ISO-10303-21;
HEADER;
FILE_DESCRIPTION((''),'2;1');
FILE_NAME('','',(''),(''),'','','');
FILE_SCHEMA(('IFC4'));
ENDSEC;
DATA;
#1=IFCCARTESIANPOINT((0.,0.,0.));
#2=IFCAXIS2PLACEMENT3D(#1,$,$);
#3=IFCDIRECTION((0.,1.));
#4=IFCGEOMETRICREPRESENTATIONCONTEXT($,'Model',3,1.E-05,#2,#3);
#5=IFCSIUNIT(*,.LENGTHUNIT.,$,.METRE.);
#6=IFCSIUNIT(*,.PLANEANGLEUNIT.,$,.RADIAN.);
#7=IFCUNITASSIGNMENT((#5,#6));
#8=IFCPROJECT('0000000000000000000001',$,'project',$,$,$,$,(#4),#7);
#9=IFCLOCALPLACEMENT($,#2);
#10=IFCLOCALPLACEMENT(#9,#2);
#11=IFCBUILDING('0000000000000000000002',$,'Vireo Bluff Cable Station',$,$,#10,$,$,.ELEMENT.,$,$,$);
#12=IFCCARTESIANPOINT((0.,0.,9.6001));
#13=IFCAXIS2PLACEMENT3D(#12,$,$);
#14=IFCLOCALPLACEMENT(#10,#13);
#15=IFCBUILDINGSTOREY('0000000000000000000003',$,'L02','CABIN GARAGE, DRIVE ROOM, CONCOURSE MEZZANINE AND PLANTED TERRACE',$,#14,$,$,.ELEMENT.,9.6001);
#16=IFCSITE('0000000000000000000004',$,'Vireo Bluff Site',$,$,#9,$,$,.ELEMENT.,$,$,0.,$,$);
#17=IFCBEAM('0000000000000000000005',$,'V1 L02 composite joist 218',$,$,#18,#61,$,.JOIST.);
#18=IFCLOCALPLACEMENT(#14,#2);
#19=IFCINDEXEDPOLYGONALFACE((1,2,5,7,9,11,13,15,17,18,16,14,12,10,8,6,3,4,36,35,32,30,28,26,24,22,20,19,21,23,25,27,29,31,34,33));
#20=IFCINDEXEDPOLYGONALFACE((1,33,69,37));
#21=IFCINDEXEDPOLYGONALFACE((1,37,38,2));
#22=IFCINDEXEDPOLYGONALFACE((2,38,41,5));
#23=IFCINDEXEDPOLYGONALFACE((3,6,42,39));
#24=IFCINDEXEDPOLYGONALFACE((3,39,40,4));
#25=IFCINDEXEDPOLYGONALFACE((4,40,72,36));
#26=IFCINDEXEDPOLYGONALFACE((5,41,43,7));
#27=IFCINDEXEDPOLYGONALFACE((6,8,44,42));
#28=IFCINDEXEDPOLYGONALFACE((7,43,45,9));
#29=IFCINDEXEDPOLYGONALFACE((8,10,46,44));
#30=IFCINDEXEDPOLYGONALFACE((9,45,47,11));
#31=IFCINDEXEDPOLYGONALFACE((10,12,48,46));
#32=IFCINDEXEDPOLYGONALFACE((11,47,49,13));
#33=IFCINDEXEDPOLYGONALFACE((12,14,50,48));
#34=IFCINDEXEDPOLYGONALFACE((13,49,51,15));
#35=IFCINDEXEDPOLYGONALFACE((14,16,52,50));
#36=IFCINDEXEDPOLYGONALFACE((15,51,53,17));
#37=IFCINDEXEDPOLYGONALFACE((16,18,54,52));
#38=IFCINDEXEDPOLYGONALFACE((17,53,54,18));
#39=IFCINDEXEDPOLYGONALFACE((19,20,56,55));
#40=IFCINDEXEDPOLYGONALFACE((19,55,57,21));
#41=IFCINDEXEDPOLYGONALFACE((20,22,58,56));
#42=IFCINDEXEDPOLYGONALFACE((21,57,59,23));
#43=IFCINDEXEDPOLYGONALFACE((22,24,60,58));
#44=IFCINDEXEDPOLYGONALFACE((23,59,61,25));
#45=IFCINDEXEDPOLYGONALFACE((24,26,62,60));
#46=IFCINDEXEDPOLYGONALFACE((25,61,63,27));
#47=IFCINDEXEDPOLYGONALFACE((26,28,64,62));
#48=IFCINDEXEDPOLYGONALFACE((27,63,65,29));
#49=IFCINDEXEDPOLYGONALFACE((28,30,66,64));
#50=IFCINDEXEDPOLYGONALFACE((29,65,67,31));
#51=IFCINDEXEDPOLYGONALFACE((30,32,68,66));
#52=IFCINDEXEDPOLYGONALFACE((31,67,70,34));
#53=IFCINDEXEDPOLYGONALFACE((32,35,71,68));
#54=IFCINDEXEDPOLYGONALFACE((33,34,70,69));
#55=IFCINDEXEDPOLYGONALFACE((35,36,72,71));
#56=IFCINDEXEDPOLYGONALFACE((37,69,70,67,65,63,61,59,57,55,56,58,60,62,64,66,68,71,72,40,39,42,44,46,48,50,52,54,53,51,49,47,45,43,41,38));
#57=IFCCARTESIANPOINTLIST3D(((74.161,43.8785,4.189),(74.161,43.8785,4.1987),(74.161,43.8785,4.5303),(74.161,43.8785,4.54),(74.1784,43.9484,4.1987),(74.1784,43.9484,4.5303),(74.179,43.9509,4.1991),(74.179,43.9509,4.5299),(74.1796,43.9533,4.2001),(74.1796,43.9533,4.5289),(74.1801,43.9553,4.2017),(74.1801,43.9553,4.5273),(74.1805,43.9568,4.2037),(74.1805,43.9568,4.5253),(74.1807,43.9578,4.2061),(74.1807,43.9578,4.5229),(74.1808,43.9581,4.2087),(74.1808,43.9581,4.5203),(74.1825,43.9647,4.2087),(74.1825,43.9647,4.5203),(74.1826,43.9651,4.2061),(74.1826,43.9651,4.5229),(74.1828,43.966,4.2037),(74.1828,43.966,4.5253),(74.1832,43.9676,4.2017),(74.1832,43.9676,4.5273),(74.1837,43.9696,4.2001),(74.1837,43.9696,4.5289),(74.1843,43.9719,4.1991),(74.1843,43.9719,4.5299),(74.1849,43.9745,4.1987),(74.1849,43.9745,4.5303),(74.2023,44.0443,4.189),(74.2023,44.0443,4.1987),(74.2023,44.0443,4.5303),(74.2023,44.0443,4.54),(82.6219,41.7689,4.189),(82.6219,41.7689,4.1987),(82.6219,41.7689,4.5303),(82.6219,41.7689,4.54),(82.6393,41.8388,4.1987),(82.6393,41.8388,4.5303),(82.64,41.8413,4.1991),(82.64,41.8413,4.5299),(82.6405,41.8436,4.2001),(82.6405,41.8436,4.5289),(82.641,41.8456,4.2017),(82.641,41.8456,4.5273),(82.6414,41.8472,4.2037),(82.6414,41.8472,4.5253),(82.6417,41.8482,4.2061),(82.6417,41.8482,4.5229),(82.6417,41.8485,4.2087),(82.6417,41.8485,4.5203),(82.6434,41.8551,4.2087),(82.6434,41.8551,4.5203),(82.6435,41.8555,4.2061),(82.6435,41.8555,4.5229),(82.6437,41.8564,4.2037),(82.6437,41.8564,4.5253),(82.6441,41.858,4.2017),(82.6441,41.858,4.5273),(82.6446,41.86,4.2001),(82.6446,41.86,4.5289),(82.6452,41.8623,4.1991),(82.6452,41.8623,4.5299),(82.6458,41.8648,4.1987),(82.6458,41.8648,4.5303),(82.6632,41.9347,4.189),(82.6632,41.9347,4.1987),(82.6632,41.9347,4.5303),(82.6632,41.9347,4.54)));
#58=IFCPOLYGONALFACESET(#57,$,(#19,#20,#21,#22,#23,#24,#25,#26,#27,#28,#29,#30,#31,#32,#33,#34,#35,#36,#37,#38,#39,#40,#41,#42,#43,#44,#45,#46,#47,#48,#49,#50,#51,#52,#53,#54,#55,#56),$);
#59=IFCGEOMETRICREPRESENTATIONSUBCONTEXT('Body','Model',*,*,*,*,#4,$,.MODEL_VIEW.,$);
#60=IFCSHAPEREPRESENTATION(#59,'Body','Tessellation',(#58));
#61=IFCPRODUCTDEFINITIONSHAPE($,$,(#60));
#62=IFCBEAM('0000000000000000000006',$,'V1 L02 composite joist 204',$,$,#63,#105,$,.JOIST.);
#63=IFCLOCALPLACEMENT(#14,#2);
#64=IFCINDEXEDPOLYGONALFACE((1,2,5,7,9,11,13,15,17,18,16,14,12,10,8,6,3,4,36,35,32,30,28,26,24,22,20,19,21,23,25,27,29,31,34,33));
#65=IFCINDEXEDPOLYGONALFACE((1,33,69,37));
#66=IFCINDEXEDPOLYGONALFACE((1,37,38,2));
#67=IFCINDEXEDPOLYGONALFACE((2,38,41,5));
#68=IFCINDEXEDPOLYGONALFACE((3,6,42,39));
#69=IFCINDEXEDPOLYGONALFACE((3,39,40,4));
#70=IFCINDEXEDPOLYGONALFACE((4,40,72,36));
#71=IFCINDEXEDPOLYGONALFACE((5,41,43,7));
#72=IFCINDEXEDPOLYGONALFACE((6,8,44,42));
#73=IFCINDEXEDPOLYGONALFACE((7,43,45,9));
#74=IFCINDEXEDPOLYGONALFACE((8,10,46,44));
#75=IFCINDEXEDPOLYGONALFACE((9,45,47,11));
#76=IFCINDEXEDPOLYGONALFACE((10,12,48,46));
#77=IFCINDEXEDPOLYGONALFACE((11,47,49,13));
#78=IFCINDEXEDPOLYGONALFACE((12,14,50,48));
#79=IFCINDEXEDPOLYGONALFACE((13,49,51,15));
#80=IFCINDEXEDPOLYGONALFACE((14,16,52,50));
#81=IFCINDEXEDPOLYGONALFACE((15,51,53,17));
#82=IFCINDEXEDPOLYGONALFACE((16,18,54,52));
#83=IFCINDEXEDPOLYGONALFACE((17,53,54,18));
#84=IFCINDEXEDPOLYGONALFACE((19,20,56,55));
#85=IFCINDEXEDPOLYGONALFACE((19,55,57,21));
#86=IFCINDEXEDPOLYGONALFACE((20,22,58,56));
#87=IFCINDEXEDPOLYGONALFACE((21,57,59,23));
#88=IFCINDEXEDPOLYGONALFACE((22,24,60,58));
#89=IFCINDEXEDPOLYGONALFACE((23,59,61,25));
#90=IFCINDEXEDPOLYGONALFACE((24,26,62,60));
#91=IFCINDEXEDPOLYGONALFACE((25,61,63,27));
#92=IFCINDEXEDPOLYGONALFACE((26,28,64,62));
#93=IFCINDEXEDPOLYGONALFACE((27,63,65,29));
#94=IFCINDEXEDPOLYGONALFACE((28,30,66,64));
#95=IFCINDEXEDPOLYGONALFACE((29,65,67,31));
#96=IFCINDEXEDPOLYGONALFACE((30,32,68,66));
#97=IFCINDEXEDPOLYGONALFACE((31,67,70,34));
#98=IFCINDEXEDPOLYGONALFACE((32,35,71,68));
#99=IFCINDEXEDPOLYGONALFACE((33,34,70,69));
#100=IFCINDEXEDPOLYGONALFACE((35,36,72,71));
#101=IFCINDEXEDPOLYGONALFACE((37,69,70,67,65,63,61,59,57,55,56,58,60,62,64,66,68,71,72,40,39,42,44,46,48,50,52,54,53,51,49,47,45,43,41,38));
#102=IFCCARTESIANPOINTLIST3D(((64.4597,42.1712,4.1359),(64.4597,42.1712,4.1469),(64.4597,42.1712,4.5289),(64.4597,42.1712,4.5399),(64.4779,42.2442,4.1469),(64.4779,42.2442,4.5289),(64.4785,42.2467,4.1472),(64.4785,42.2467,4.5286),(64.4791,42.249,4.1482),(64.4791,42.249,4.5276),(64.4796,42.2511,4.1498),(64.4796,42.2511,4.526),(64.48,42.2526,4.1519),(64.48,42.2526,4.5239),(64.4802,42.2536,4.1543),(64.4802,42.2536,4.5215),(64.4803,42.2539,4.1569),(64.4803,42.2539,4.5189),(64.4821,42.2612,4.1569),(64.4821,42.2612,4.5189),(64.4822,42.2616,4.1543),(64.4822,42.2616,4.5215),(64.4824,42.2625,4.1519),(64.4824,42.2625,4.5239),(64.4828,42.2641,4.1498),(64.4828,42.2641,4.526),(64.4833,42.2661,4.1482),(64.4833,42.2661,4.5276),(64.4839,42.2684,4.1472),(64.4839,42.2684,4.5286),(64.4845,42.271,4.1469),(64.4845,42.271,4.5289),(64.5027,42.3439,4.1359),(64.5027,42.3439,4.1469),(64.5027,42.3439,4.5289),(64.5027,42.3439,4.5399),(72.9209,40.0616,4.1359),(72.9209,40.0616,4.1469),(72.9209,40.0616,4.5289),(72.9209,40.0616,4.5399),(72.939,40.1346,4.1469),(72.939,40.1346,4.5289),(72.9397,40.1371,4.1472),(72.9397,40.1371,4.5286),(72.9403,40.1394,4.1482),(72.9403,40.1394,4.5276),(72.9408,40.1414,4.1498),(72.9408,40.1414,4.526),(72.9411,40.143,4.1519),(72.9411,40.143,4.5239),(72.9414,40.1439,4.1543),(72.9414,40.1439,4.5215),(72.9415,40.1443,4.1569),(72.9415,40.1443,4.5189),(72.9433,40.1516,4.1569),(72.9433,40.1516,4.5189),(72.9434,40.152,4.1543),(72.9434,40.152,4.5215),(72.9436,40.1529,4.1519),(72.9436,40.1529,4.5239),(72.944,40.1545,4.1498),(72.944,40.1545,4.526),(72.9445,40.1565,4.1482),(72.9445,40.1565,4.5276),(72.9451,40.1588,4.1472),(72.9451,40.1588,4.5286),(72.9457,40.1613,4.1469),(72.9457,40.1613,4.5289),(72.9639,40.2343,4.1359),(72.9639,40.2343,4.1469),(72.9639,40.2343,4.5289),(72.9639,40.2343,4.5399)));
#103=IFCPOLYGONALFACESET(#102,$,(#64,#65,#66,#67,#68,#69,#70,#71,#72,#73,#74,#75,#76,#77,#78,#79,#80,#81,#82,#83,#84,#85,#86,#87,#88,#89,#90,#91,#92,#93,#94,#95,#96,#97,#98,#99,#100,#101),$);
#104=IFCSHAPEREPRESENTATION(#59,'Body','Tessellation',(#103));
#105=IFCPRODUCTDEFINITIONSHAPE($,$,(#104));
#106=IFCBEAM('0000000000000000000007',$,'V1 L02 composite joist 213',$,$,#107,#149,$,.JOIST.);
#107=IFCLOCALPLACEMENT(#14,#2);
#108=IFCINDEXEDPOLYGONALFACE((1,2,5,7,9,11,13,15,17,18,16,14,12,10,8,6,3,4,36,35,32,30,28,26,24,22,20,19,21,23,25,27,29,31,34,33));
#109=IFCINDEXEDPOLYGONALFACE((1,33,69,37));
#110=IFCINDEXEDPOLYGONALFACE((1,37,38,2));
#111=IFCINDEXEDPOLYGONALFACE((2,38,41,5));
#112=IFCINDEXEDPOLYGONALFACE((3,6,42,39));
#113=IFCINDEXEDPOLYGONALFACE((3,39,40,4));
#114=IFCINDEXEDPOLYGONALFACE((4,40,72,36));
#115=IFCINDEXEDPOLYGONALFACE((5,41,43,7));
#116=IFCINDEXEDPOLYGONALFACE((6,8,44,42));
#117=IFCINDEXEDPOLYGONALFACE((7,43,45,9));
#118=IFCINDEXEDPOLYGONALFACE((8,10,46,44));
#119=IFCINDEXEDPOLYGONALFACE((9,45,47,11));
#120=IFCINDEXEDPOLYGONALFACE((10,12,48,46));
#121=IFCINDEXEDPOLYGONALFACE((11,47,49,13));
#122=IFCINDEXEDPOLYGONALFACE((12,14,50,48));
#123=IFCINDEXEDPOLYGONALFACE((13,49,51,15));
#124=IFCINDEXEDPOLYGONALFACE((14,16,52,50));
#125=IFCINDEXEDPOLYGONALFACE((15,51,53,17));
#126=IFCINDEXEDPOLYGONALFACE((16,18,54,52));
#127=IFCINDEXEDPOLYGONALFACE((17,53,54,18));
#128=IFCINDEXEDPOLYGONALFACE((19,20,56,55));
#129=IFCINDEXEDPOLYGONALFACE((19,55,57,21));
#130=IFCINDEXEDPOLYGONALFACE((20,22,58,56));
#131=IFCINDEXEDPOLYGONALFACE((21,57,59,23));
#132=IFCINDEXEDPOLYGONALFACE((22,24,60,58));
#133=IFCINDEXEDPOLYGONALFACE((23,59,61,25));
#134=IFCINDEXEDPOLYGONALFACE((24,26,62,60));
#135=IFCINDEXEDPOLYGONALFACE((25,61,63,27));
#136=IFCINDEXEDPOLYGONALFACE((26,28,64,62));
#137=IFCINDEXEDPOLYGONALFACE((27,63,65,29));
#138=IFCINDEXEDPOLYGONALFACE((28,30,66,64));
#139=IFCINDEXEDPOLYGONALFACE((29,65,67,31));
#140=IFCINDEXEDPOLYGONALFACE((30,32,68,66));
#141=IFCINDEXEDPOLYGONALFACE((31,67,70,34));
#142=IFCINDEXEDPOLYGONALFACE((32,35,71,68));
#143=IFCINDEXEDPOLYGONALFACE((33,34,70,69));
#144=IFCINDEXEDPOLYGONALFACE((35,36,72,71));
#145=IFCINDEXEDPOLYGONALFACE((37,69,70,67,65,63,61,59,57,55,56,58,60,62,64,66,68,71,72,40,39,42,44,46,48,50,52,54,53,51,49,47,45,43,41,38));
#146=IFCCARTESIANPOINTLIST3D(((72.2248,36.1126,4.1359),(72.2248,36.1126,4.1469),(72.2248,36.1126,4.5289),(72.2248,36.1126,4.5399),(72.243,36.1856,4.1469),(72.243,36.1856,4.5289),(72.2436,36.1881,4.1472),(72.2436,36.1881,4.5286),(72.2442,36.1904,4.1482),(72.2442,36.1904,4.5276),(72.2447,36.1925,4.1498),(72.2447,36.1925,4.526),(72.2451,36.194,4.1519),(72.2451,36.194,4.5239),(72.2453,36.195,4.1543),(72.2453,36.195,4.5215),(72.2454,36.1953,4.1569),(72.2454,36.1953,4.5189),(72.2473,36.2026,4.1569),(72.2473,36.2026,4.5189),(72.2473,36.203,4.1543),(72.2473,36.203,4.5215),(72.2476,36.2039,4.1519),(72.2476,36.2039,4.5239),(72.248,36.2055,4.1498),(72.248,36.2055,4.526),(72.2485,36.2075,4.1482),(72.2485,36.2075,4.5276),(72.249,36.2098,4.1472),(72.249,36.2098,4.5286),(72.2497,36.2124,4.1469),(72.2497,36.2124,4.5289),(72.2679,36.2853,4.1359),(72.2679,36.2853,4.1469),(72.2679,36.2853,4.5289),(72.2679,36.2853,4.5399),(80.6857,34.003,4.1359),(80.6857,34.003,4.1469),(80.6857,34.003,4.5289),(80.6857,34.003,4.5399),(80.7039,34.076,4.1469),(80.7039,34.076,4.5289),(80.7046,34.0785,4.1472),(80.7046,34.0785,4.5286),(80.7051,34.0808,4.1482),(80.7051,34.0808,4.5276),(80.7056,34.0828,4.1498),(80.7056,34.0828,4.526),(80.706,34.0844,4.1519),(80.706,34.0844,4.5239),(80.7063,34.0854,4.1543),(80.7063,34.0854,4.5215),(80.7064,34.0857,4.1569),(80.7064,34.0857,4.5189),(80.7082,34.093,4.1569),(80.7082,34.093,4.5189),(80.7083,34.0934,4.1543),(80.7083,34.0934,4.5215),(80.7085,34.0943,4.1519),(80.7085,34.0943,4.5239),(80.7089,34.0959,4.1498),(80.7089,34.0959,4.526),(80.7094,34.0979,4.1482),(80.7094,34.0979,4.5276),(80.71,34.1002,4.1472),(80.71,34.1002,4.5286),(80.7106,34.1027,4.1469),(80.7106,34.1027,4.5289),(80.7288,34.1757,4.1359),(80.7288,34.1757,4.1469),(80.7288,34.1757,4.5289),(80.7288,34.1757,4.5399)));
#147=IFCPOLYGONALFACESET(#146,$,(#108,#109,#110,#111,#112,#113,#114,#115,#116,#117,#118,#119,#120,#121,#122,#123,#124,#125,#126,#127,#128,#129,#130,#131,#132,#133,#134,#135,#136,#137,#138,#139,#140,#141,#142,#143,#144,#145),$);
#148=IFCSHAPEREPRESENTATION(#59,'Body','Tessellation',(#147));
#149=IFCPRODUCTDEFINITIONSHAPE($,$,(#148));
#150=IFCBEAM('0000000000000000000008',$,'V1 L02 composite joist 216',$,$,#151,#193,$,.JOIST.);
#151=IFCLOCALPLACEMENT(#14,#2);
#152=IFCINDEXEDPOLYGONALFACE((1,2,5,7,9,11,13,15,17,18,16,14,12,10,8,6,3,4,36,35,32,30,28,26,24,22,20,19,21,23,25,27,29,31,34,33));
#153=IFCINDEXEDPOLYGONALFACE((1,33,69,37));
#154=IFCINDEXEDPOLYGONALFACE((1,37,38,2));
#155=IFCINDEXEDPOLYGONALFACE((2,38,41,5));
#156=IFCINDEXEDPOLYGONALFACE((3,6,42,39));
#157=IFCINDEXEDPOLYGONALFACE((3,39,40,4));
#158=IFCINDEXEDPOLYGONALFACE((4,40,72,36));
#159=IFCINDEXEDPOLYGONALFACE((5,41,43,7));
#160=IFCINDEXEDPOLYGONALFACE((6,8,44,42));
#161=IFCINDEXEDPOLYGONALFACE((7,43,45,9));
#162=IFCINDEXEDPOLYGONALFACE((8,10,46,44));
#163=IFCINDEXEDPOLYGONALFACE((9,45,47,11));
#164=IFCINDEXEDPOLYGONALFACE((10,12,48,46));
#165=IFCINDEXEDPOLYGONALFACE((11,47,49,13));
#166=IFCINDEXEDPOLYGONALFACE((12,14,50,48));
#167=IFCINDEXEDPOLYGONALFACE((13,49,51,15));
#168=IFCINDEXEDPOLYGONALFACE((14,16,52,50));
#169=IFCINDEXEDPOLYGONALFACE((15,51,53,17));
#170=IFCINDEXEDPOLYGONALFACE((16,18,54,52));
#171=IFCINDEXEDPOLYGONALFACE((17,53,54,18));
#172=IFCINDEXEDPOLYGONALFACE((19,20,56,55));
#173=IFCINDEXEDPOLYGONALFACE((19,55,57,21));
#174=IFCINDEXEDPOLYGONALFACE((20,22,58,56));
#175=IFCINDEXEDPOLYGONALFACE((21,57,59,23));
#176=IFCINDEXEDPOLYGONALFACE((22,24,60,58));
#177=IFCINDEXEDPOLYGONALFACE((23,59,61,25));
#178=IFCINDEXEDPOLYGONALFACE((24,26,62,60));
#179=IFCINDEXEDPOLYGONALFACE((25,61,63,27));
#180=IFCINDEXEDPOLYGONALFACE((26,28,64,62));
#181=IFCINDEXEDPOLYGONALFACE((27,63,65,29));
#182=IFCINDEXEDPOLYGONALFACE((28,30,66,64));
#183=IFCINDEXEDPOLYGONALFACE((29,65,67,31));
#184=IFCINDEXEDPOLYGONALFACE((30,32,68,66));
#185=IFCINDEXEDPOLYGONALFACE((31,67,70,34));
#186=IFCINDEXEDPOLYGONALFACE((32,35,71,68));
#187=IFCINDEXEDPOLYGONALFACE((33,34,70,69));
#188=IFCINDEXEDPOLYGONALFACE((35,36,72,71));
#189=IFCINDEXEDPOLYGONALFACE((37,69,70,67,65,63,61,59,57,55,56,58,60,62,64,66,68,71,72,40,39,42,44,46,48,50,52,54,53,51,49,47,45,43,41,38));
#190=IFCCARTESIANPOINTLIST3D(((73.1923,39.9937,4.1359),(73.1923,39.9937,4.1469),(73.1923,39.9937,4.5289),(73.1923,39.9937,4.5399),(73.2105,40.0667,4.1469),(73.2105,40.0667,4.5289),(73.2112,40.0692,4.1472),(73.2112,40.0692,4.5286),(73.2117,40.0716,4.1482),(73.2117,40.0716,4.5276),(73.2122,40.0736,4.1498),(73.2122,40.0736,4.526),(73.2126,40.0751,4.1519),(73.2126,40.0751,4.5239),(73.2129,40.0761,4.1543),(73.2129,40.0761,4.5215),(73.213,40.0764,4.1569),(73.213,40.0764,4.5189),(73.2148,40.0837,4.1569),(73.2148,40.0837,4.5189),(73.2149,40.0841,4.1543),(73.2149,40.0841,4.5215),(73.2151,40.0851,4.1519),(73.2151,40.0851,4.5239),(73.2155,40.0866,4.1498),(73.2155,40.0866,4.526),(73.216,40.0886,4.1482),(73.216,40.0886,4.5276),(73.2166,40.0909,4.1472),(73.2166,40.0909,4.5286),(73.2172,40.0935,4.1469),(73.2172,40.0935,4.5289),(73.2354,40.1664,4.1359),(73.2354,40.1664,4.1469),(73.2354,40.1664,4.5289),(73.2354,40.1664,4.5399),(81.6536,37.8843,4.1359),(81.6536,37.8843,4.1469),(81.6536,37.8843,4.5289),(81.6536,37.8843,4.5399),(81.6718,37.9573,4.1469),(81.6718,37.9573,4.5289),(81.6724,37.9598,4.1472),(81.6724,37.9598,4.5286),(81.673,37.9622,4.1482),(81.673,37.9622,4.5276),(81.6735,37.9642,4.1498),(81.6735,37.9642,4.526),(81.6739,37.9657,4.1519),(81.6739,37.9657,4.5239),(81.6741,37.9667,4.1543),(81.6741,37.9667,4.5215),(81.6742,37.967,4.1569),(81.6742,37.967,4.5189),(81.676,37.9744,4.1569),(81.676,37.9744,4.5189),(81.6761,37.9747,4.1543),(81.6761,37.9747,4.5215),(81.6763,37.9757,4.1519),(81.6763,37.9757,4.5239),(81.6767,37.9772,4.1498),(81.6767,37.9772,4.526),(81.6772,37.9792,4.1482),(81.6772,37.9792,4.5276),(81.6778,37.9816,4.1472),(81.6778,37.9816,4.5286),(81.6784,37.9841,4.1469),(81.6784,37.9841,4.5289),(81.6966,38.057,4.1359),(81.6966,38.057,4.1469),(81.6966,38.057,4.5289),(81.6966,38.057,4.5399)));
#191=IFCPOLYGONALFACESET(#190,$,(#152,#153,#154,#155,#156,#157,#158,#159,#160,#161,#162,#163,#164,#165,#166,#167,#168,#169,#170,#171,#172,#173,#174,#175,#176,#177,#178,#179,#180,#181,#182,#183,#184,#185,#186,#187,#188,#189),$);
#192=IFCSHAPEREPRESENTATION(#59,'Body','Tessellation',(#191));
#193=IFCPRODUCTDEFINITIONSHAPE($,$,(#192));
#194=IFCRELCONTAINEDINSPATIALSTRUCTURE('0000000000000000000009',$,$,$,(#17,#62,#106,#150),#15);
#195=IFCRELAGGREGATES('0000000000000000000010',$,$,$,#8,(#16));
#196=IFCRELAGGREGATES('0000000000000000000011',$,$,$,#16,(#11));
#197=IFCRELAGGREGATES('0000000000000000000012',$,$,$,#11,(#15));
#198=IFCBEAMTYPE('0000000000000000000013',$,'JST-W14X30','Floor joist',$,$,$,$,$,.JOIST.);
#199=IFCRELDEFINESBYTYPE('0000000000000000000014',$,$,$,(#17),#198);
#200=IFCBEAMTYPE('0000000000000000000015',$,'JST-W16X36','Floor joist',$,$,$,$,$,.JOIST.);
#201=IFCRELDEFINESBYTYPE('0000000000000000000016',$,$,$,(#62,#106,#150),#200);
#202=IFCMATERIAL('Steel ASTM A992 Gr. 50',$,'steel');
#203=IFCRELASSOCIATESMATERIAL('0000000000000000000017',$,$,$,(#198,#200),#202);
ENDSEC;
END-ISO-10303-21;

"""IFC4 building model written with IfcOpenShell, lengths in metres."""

from ifc_helpers import new_model, si_unit, direction, frame, origin, origin_2d, place, context, subcontext, project, spatial, i_section, extrude, material, material_profile, profile_set, type_object, element, save


model = new_model("IFC4")

# Units and contexts
model_context = context("Model", 3, precision=1e-05, world=origin(), true_north=direction((0.0, 1.0)))
body_context = subcontext(model_context, "Body", "Model", "MODEL_VIEW")
ifc_project = project(units=[si_unit("LENGTHUNIT", "METRE"), si_unit("PLANEANGLEUNIT", "RADIAN")], contexts=[model_context])

# Site, building, storey
site_placement = place(None, origin())
site = spatial("IfcSite", under=ifc_project, at=site_placement, Name="Vireo Bluff Site", CompositionType="ELEMENT", RefElevation=0.0)
building_placement = place(site_placement, origin())
building = spatial("IfcBuilding", under=site, at=building_placement, Name="Vireo Bluff Cable Station", CompositionType="ELEMENT")
storey_placement = place(building_placement, frame((0.0, 0.0, 9.6001)))
storey = spatial("IfcBuildingStorey", under=building, at=storey_placement, Name="L02", Description="CABIN GARAGE, DRIVE ROOM, CONCOURSE MEZZANINE AND PLANTED TERRACE", CompositionType="ELEMENT", Elevation=9.6001)

# Shared definitions
ifc_material_1 = material(Name="Steel ASTM A992 Gr. 50", Category="steel")

# Beams
ifc_material_profile_1 = material_profile(ifc_material_1, i_section(OverallWidth=0.1709, OverallDepth=0.3511, WebThickness=0.0068, FlangeThickness=0.0098, FilletRadius=0.01, at=origin_2d()), Name="W14X30")
ifc_profile_set_1 = profile_set([ifc_material_profile_1], Name="Steel ASTM A992 Gr. 50")
beam_type_1 = type_object("IfcBeamType", Name="JST-W14X30", Description="Floor joist", PredefinedType="JOIST", material=ifc_profile_set_1)
beam_1_placement = place(storey_placement, frame((74.1816, 43.9614, 4.3645), z_axis=(0.970294, -0.24193, 0.0), x_axis=(0.24193, 0.970294, 0.0)))
element("IfcBeam", 1, at=beam_1_placement, inside=storey, type_object=beam_type_1, Name="V1 L02 composite joist 218", PredefinedType="JOIST", context=body_context, shape_type="SweptSolid", body=[
    extrude(i_section(OverallWidth=0.1709, OverallDepth=0.3511, WebThickness=0.0068, FlangeThickness=0.0098, FilletRadius=0.01, at=origin_2d()), origin(), (0.0, 0.0, 1.0), 8.72),
])
ifc_material_profile_2 = material_profile(ifc_material_1, i_section(OverallWidth=0.178, OverallDepth=0.4041, WebThickness=0.0076, FlangeThickness=0.011, FilletRadius=0.01, at=origin_2d()), Name="W16X36")
ifc_profile_set_2 = profile_set([ifc_material_profile_2], Name="Steel ASTM A992 Gr. 50")
beam_type_2 = type_object("IfcBeamType", Name="JST-W16X36", Description="Floor joist", PredefinedType="JOIST", material=ifc_profile_set_2)
beam_2_placement = place(storey_placement, frame((64.4812, 42.2576, 4.3379), z_axis=(0.970295, -0.241923, 0.0), x_axis=(0.241923, 0.970295, 0.0)))
element("IfcBeam", 2, at=beam_2_placement, inside=storey, type_object=beam_type_2, Name="V1 L02 composite joist 204", PredefinedType="JOIST", context=body_context, shape_type="SweptSolid", body=[
    extrude(i_section(OverallWidth=0.178, OverallDepth=0.4041, WebThickness=0.0076, FlangeThickness=0.011, FilletRadius=0.01, at=origin_2d()), origin(), (0.0, 0.0, 1.0), 8.7202),
])
beam_3_placement = place(storey_placement, frame((72.2463, 36.199, 4.3379), z_axis=(0.970294, -0.24193, 0.0), x_axis=(0.24193, 0.970294, 0.0)))
element("IfcBeam", 3, at=beam_3_placement, inside=storey, type_object=beam_type_2, Name="V1 L02 composite joist 213", PredefinedType="JOIST", context=body_context, shape_type="SweptSolid", body=[
    extrude(i_section(OverallWidth=0.178, OverallDepth=0.4041, WebThickness=0.0076, FlangeThickness=0.011, FilletRadius=0.01, at=origin_2d()), origin(), (0.0, 0.0, 1.0), 8.72),
])
beam_4_placement = place(storey_placement, frame((73.2139, 40.0801, 4.3379), z_axis=(0.970302, -0.241897, 0.0), x_axis=(0.241897, 0.970302, 0.0)))
element("IfcBeam", 4, at=beam_4_placement, inside=storey, type_object=beam_type_2, Name="V1 L02 composite joist 216", PredefinedType="JOIST", context=body_context, shape_type="SweptSolid", body=[
    extrude(i_section(OverallWidth=0.178, OverallDepth=0.4041, WebThickness=0.0076, FlangeThickness=0.011, FilletRadius=0.01, at=origin_2d()), origin(), (0.0, 0.0, 1.0), 8.7202),
])

save(model, "model.ifc")
